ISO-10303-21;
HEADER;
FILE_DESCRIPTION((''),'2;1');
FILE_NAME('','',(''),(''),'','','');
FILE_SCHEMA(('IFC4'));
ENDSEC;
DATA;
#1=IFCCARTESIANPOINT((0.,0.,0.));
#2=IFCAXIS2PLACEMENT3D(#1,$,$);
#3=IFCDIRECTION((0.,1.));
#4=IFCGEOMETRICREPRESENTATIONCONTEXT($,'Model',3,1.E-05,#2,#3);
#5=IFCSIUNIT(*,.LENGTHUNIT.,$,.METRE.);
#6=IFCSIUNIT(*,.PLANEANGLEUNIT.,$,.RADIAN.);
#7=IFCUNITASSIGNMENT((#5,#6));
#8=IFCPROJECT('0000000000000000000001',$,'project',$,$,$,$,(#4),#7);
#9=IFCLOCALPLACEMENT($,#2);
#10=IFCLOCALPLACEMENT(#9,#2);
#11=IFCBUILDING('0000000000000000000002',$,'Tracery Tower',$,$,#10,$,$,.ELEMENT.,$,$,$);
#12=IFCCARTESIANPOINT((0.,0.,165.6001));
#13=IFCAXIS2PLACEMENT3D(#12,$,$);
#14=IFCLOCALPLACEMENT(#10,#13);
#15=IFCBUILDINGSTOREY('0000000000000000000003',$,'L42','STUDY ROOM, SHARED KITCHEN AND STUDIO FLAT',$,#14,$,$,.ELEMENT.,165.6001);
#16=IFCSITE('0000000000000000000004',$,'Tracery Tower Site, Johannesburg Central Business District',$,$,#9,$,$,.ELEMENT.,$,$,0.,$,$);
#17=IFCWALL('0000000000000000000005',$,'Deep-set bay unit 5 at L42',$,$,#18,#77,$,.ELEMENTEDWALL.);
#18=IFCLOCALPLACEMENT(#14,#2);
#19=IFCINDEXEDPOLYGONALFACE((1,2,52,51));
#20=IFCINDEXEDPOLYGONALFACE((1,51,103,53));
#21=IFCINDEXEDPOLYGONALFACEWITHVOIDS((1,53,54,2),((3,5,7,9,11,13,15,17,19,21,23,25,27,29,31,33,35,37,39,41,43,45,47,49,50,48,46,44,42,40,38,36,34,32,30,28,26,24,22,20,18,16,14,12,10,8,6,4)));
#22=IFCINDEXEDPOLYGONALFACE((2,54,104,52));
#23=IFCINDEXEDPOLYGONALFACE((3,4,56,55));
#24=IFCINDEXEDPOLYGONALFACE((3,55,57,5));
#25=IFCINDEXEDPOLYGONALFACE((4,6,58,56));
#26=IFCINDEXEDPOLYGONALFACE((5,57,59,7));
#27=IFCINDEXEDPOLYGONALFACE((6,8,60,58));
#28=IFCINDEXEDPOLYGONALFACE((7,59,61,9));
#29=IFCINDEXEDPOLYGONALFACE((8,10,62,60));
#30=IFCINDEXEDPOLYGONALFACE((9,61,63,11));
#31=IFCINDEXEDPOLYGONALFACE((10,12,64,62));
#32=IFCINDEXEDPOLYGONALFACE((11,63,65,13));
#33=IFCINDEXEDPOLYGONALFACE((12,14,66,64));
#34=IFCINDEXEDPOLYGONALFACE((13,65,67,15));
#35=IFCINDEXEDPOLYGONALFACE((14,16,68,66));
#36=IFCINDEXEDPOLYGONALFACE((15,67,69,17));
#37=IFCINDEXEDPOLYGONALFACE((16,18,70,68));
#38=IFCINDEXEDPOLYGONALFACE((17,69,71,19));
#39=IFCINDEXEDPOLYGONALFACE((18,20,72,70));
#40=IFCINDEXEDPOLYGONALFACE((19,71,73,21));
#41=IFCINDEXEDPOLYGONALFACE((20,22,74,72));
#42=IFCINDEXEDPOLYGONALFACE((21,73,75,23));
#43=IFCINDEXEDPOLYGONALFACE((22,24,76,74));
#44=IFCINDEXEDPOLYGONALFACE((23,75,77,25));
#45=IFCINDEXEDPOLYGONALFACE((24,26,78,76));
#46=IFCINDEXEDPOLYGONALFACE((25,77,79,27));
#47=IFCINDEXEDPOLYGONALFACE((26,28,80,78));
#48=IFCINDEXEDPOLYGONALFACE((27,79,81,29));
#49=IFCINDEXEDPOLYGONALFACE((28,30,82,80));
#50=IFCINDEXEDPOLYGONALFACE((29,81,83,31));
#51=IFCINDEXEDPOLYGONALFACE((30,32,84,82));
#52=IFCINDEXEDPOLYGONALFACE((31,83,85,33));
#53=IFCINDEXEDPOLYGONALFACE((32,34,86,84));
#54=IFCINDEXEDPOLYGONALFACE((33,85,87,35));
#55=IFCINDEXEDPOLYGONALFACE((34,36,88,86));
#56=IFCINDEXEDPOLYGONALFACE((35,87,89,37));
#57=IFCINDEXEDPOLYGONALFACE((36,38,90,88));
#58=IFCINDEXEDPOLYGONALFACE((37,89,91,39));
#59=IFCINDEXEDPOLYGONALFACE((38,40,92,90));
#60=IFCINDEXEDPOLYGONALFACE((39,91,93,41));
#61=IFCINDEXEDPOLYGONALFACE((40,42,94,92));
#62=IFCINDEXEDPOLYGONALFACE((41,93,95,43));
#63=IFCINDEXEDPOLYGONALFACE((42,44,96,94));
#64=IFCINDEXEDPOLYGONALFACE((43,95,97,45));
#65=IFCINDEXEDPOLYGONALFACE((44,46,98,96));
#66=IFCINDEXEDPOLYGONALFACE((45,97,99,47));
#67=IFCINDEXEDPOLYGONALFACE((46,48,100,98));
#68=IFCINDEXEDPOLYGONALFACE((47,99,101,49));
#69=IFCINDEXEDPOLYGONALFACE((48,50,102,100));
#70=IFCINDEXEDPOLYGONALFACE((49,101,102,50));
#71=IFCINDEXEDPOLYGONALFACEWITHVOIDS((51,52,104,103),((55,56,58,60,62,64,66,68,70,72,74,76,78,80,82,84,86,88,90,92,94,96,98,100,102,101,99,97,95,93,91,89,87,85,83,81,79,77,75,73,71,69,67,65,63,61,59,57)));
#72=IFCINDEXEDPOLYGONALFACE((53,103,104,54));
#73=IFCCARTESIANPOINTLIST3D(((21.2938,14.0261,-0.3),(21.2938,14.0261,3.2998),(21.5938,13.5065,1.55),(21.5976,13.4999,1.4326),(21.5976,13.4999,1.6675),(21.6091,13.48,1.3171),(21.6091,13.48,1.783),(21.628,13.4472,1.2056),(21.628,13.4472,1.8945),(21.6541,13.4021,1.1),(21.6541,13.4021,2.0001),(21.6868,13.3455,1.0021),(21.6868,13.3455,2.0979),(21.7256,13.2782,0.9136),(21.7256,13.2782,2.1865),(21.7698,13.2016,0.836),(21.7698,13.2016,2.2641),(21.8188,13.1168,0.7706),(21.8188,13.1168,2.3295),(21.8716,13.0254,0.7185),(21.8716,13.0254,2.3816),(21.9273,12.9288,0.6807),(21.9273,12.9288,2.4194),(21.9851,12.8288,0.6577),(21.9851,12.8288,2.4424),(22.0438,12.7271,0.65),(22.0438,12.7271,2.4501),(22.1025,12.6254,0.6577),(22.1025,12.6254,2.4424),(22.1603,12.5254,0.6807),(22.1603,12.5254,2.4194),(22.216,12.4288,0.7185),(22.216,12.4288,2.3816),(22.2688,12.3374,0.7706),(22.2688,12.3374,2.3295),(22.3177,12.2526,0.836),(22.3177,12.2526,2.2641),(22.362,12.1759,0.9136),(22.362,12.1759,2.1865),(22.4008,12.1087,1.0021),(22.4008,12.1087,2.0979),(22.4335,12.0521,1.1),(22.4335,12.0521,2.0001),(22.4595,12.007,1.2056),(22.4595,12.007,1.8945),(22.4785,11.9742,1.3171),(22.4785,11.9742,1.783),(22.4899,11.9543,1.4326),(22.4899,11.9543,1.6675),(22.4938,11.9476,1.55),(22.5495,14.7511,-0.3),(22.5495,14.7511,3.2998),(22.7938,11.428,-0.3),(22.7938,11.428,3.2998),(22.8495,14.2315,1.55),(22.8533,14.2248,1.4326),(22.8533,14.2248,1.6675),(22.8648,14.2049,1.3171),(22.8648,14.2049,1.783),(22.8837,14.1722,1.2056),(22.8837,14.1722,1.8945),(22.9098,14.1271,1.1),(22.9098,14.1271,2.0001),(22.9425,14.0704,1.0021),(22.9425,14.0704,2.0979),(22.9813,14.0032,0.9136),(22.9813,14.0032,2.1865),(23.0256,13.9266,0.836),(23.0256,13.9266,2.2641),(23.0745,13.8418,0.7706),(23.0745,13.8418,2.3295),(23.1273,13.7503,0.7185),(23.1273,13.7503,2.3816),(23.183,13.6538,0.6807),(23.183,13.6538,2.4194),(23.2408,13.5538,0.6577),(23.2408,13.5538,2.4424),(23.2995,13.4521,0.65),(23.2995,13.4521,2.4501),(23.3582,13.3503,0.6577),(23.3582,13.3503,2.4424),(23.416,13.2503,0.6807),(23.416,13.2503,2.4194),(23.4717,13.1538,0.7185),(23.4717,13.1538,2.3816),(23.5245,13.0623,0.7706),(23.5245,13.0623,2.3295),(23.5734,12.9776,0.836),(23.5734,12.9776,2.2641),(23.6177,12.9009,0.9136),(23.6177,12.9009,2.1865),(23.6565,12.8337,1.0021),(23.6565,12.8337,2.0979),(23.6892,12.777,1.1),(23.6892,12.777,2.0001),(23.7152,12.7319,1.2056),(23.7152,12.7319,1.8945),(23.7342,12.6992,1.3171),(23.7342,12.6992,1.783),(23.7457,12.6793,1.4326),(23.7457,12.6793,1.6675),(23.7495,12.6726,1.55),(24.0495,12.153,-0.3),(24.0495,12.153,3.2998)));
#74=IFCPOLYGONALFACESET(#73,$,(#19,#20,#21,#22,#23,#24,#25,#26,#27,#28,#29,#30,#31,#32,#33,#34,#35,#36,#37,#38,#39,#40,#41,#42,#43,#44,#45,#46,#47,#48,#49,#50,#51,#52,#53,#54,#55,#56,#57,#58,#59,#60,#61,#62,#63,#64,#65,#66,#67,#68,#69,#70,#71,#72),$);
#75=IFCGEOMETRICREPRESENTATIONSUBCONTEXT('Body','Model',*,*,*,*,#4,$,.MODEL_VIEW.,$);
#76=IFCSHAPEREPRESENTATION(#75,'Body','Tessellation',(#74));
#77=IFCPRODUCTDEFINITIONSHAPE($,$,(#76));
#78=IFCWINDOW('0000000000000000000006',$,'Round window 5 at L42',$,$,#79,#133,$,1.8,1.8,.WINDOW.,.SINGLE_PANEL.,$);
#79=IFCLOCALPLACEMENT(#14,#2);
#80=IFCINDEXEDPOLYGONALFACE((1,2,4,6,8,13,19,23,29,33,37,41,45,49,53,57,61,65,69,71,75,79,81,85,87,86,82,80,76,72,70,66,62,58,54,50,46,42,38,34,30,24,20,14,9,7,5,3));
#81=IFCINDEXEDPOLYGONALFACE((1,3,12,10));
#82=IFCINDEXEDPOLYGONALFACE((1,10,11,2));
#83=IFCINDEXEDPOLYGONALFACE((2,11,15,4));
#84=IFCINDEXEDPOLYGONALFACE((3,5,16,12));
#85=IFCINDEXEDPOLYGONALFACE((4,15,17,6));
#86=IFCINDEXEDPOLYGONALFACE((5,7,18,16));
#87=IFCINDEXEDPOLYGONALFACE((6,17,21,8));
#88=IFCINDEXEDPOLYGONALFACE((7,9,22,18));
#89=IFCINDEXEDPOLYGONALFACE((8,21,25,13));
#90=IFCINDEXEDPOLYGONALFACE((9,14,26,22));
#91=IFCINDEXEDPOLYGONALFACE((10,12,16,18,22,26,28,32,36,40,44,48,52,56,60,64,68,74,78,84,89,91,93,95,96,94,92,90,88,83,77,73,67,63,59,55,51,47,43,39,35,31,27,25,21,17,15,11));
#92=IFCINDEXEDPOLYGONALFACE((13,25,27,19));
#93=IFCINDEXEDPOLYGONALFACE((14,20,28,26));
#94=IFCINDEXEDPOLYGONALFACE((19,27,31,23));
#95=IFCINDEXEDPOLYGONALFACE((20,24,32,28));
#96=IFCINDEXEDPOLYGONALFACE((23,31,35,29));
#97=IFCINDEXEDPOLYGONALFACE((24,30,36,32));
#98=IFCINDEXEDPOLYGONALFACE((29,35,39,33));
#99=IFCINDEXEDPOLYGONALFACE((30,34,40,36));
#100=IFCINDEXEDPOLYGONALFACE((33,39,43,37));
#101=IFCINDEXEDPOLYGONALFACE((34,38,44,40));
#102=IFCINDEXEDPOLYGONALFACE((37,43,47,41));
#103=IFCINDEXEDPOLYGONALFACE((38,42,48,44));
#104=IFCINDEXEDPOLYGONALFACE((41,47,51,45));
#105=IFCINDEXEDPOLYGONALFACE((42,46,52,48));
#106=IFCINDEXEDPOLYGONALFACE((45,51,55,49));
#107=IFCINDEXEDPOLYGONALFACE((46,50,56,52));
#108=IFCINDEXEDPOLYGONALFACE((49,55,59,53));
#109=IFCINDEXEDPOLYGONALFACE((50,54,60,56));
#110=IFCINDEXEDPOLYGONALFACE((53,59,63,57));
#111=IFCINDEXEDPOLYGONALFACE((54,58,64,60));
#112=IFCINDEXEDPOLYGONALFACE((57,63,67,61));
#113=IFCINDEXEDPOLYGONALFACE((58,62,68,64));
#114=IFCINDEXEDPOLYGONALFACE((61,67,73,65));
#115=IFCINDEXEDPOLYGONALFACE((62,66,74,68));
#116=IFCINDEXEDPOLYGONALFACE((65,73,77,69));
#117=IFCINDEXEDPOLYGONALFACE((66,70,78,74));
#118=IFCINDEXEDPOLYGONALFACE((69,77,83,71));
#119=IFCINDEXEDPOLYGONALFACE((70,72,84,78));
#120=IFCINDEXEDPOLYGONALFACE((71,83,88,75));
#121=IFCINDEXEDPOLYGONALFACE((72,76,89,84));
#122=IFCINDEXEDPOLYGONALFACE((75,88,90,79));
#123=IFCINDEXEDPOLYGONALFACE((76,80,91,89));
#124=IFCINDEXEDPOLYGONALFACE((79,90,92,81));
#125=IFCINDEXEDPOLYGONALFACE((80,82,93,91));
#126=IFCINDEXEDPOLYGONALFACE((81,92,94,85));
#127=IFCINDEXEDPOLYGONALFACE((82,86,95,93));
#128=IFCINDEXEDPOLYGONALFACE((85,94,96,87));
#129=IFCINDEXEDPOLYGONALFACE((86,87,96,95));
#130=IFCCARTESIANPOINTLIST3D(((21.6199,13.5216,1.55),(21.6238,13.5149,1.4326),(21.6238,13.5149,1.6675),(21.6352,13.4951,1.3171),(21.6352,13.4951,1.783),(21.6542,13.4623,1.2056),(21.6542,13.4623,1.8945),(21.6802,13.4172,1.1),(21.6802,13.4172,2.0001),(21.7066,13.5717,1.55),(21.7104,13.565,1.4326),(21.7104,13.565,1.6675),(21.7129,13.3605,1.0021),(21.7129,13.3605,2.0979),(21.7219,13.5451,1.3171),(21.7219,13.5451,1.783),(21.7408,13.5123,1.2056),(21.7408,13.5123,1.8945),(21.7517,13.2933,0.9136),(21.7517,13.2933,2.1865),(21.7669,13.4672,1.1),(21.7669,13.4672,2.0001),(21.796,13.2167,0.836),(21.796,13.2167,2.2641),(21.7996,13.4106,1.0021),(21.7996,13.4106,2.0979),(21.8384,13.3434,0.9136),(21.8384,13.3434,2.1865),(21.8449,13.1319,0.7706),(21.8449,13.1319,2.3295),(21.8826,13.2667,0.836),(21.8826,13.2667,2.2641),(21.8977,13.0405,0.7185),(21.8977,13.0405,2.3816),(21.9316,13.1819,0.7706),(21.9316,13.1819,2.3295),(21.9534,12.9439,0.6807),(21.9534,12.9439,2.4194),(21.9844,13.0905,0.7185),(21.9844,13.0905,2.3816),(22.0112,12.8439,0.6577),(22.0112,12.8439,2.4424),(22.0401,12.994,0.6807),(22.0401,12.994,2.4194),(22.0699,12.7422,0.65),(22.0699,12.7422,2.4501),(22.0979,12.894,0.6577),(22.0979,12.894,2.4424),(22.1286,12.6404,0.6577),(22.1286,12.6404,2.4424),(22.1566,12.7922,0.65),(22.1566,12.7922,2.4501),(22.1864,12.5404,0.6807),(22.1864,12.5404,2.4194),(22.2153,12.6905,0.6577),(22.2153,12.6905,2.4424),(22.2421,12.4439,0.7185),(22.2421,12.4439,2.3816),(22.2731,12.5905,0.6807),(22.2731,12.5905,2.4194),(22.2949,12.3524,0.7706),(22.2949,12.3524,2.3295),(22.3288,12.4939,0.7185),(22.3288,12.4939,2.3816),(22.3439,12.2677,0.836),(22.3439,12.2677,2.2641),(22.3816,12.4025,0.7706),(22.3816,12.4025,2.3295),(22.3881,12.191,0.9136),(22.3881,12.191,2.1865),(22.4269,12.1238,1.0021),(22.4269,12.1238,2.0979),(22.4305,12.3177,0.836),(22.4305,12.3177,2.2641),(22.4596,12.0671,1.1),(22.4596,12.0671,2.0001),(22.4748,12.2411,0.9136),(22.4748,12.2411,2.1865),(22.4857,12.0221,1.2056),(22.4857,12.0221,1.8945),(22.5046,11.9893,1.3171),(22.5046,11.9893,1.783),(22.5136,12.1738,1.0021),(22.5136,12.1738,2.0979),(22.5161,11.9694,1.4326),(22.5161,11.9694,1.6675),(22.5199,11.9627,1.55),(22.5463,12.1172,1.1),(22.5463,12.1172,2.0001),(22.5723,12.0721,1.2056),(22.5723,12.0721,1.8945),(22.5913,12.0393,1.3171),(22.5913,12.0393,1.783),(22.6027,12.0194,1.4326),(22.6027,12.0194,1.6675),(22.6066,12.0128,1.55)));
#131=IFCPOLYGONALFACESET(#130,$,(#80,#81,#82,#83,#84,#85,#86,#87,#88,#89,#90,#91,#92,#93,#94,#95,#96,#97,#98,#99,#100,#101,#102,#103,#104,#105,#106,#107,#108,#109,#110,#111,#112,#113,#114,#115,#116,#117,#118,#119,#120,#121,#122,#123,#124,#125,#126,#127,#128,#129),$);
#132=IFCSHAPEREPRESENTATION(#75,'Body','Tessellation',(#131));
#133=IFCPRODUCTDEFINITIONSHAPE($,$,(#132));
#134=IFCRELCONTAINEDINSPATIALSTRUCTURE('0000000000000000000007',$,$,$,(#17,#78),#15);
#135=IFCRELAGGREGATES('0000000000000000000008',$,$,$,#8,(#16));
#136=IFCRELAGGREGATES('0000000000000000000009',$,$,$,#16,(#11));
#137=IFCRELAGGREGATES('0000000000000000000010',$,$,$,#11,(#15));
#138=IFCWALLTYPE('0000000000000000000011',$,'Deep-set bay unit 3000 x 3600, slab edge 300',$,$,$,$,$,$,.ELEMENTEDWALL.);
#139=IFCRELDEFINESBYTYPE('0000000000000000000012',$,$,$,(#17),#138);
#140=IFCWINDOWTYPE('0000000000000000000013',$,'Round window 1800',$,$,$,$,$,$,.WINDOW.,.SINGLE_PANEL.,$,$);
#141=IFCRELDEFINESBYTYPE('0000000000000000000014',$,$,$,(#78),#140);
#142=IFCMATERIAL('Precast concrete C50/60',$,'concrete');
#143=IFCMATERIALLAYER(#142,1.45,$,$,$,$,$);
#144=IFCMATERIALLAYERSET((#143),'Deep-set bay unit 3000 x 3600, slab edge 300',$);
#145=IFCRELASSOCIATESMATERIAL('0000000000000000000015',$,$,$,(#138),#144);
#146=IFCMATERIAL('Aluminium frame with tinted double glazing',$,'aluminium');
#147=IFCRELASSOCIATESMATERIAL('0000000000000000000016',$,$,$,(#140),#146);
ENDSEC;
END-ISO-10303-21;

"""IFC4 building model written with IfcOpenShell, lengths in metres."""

from ifc_helpers import new_model, si_unit, direction, frame, frame_2d, origin, origin_2d, place, context, subcontext, project, spatial, rectangle, circle, extrude, material, layer, layer_set, type_object, element, fill, save


model = new_model("IFC4")

# Units and contexts
model_context = context("Model", 3, precision=1e-05, world=origin(), true_north=direction((0.0, 1.0)))
body_context = subcontext(model_context, "Body", "Model", "MODEL_VIEW")
ifc_project = project(units=[si_unit("LENGTHUNIT", "METRE"), si_unit("PLANEANGLEUNIT", "RADIAN")], contexts=[model_context])

# Site, building, storey
site_placement = place(None, origin())
site = spatial("IfcSite", under=ifc_project, at=site_placement, Name="Tracery Tower Site, Johannesburg Central Business District", CompositionType="ELEMENT", RefElevation=0.0)
building_placement = place(site_placement, origin())
building = spatial("IfcBuilding", under=site, at=building_placement, Name="Tracery Tower", CompositionType="ELEMENT")
storey_placement = place(building_placement, frame((0.0, 0.0, 165.6001)))
storey = spatial("IfcBuildingStorey", under=building, at=storey_placement, Name="L42", Description="STUDY ROOM, SHARED KITCHEN AND STUDIO FLAT", CompositionType="ELEMENT", Elevation=165.6001)

# Wall, opening, window
ifc_material_1 = material(Name="Precast concrete C50/60", Category="concrete")
ifc_layer_1 = layer(ifc_material_1, 1.45)
ifc_layer_set_1 = layer_set([ifc_layer_1], Name="Deep-set bay unit 3000 x 3600, slab edge 300")
wall_type_1 = type_object("IfcWallType", Name="Deep-set bay unit 3000 x 3600, slab edge 300", PredefinedType="ELEMENTEDWALL", material=ifc_layer_set_1)
ifc_material_2 = material(Name="Aluminium frame with tinted double glazing", Category="aluminium")
window_type = type_object("IfcWindowType", Name="Round window 1800", PartitioningType="SINGLE_PANEL", PredefinedType="WINDOW", material=ifc_material_2)
wall_1_placement = place(storey_placement, frame((23.4216, 11.7905, -0.3), z_axis=(0.0, 0.0, 1.0), x_axis=(-0.49999, 0.866031, 0.0)))
wall_1 = element("IfcWall", 1, at=wall_1_placement, inside=storey, type_object=wall_type_1, Name="Deep-set bay unit 5 at L42", PredefinedType="ELEMENTEDWALL", context=body_context, shape_type="SweptSolid", body=[
    extrude(rectangle(XDim=3.0, YDim=1.45, at=frame_2d((1.5, 0.0))), origin(), (0.0, 0.0, 1.0), 3.5999),
])
opening_1_placement = place(wall_1_placement, frame((1.5, 0.0, 1.8501)))
opening_1 = element("IfcOpeningElement", 2, at=opening_1_placement, cuts=wall_1, PredefinedType="OPENING", context=body_context, shape_type="SweptSolid", body=[
    extrude(circle(Radius=0.9, at=origin_2d()), frame((0.0, 0.7349, 0.0), z_axis=(0.0, -1.0, 0.0), x_axis=(1.0, 0.0, 0.0)), (0.0, 0.0, 1.0), 1.47),
])
window_1_placement = place(opening_1_placement, origin())
window_1 = element("IfcWindow", 3, at=window_1_placement, inside=storey, type_object=window_type, Name="Round window 5 at L42", OverallHeight=1.8, OverallWidth=1.8, PartitioningType="SINGLE_PANEL", PredefinedType="WINDOW", context=body_context, shape_type="SweptSolid", body=[
    extrude(circle(Radius=0.9, at=origin_2d()), frame((0.0, 0.6948, 0.0), z_axis=(0.0, -1.0, 0.0), x_axis=(1.0, 0.0, 0.0)), (0.0, 0.0, 1.0), 0.1001),
])
fill(opening_1, window_1)

save(model, "model.ifc")
